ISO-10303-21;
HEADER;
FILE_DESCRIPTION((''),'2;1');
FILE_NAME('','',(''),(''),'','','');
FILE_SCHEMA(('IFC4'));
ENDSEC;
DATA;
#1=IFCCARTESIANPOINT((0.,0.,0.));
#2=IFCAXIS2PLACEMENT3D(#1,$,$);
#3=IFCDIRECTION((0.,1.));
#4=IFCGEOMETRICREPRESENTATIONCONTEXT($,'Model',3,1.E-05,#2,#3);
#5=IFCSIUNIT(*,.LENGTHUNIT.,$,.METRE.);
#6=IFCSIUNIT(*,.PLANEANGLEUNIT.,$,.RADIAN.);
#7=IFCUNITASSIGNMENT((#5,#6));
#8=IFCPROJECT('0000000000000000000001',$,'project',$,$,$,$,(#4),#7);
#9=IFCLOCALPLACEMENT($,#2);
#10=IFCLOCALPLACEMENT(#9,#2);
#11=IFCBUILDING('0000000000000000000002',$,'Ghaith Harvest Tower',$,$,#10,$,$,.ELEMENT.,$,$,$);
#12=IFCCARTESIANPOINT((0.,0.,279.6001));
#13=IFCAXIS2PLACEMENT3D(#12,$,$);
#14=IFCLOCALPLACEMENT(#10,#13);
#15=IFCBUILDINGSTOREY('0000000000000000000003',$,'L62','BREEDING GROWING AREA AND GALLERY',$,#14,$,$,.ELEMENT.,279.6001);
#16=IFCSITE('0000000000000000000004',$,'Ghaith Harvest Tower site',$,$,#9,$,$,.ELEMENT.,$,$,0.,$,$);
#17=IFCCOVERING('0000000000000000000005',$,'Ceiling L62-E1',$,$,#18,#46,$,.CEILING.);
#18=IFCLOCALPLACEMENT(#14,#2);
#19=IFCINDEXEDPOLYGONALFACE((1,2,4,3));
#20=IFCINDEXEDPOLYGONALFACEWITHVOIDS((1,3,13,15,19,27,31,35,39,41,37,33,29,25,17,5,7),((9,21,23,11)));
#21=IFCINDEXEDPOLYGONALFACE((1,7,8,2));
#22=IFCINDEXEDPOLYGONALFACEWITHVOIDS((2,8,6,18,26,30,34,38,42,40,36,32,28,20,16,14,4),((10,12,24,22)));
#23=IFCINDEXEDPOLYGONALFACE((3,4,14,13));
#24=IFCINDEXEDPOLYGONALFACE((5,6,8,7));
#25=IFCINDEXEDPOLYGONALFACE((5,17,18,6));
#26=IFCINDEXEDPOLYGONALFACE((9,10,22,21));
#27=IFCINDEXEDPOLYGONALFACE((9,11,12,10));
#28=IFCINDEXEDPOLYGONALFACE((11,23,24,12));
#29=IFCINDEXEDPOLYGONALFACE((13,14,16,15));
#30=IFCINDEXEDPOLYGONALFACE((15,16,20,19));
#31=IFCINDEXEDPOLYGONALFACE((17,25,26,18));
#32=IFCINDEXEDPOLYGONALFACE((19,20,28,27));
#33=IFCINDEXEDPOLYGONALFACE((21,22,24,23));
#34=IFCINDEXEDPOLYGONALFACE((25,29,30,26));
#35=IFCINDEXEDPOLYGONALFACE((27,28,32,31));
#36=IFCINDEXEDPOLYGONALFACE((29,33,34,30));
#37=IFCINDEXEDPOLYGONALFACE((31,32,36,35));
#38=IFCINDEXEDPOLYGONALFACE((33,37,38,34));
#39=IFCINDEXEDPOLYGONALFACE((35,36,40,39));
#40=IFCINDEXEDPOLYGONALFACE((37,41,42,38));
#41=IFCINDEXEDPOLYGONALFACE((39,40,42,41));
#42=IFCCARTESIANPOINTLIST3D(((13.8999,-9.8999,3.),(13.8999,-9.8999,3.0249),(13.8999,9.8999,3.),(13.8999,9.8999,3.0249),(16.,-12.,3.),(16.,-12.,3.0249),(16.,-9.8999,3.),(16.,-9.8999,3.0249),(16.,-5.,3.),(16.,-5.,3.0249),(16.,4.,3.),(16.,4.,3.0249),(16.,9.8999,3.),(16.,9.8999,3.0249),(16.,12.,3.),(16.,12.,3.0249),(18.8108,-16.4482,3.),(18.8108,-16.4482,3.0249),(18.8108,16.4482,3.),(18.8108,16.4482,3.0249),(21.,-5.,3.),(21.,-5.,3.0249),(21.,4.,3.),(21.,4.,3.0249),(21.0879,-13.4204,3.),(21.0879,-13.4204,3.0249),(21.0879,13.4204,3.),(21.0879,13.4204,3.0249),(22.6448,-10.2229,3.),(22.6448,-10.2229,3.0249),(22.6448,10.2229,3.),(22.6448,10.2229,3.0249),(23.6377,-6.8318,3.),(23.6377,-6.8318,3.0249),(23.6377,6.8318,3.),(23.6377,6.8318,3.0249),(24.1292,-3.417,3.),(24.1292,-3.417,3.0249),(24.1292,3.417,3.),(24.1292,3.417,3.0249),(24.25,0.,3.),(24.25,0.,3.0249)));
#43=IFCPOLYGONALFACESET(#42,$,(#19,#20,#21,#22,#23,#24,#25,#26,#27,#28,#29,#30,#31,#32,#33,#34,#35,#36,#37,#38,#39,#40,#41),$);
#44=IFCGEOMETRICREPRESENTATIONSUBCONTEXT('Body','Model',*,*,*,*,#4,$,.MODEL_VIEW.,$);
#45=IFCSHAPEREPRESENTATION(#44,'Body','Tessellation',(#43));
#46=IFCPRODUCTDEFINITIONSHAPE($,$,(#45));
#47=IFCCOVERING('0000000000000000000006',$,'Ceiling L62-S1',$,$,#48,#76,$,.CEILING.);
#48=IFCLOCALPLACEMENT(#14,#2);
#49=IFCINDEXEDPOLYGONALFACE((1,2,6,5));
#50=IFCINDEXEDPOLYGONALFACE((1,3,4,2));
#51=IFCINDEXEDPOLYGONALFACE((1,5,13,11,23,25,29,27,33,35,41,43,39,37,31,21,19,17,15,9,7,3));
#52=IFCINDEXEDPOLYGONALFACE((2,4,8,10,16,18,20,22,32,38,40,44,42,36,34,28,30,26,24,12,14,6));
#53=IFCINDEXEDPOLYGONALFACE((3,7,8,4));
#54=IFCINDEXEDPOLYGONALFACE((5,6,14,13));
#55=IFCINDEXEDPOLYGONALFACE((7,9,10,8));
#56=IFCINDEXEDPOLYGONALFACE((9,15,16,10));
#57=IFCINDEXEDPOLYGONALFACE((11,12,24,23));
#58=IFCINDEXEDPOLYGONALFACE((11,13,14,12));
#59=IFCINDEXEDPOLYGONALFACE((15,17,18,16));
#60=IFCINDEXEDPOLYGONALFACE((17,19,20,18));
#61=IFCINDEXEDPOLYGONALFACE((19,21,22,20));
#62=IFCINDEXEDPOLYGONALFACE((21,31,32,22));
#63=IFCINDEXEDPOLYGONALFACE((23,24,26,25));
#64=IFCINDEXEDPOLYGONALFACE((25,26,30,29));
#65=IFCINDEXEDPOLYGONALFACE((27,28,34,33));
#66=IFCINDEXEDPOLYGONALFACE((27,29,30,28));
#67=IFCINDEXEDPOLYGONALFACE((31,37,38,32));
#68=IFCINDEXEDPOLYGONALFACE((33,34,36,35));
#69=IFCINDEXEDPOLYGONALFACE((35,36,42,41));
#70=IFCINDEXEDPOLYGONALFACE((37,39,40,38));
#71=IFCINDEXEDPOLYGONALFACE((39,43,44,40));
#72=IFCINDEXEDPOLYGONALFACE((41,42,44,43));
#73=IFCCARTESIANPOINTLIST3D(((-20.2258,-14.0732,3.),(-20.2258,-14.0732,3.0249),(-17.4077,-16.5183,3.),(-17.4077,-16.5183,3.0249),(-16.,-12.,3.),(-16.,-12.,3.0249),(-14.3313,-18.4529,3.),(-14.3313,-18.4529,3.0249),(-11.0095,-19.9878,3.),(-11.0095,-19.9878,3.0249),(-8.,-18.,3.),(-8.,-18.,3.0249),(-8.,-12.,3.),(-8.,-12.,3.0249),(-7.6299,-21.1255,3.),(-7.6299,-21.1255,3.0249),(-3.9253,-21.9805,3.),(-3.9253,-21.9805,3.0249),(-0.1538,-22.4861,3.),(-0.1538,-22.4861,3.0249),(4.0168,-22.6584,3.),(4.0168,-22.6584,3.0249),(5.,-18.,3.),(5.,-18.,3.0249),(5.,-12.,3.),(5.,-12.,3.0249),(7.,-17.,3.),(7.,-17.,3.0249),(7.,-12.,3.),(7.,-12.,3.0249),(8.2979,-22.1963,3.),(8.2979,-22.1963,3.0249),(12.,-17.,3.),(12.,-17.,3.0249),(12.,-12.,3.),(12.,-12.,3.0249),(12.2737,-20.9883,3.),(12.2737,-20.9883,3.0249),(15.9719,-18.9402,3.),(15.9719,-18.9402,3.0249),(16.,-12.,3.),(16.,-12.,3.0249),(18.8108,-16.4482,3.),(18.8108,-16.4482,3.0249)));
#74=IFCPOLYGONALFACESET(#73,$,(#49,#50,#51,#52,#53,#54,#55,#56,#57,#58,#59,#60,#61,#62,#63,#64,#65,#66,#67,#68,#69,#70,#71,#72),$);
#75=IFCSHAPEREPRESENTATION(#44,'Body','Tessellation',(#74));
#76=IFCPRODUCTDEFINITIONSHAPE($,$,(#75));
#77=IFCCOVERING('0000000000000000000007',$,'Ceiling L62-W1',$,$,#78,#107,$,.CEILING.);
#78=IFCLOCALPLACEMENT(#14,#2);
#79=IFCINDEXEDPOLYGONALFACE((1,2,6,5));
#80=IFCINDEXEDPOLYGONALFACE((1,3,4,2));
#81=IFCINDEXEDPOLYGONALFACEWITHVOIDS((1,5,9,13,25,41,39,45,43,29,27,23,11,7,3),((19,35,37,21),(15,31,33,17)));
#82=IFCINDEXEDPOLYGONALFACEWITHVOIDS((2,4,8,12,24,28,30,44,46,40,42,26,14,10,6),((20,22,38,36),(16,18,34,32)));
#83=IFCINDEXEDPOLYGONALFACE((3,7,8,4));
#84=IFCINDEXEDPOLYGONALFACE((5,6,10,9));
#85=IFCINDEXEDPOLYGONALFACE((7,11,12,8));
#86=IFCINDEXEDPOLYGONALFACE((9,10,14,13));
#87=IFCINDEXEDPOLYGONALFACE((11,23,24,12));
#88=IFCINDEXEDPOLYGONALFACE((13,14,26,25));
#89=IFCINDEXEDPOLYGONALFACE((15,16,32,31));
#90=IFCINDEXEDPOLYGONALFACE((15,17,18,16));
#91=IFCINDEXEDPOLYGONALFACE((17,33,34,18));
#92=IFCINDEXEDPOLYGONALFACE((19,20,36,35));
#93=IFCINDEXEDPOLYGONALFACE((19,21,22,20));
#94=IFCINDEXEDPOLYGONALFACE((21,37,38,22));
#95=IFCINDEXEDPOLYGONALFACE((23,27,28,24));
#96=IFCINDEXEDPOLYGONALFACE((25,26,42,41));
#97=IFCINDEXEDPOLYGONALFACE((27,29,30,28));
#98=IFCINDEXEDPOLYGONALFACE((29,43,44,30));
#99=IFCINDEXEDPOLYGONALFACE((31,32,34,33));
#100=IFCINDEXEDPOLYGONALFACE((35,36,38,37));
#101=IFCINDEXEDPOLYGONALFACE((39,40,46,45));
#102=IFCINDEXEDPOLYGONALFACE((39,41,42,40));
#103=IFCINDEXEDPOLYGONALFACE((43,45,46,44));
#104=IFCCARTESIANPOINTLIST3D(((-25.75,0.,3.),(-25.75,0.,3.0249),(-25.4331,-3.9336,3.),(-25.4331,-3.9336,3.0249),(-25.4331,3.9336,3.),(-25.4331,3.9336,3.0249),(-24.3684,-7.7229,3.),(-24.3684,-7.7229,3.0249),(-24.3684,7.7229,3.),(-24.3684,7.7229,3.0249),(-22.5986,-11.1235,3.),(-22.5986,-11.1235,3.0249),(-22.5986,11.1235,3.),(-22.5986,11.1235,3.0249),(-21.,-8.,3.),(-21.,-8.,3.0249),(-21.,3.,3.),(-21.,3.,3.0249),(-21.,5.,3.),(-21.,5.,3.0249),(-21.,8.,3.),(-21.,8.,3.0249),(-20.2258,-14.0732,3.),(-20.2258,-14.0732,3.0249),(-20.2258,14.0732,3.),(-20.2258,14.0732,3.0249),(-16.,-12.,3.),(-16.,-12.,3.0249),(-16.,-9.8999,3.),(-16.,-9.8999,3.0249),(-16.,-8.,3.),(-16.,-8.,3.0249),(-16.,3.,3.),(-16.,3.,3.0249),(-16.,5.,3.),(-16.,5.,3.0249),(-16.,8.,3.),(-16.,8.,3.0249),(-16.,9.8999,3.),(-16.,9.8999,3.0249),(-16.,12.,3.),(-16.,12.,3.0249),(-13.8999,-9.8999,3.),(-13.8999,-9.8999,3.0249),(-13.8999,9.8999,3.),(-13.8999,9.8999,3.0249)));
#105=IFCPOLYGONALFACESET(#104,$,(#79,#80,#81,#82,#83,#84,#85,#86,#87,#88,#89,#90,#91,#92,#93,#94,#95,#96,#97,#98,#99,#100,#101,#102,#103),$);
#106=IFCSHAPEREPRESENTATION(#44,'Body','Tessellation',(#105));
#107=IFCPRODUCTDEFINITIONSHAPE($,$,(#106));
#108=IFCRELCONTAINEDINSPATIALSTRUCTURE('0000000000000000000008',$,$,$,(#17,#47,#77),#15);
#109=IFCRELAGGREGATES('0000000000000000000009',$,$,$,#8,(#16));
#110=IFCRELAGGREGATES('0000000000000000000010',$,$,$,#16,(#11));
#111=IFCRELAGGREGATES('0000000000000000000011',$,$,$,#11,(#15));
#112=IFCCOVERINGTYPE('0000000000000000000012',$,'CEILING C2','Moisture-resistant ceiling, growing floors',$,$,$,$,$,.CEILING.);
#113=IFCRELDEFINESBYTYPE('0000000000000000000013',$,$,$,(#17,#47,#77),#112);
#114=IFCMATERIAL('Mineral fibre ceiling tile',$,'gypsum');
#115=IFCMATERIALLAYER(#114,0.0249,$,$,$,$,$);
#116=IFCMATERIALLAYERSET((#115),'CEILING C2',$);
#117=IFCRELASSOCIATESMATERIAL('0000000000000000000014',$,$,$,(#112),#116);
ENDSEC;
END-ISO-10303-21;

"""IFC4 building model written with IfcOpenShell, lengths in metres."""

from ifc_helpers import new_model, si_unit, direction, frame, origin, place, context, subcontext, project, spatial, polyline, outline, extrude, material, layer, layer_set, type_object, element, save


model = new_model("IFC4")

# Units and contexts
model_context = context("Model", 3, precision=1e-05, world=origin(), true_north=direction((0.0, 1.0)))
body_context = subcontext(model_context, "Body", "Model", "MODEL_VIEW")
ifc_project = project(units=[si_unit("LENGTHUNIT", "METRE"), si_unit("PLANEANGLEUNIT", "RADIAN")], contexts=[model_context])

# Site, building, storey
site_placement = place(None, origin())
site = spatial("IfcSite", under=ifc_project, at=site_placement, Name="Ghaith Harvest Tower site", CompositionType="ELEMENT", RefElevation=0.0)
building_placement = place(site_placement, origin())
building = spatial("IfcBuilding", under=site, at=building_placement, Name="Ghaith Harvest Tower", CompositionType="ELEMENT")
storey_placement = place(building_placement, frame((0.0, 0.0, 279.6001)))
storey = spatial("IfcBuildingStorey", under=building, at=storey_placement, Name="L62", Description="BREEDING GROWING AREA AND GALLERY", CompositionType="ELEMENT", Elevation=279.6001)

# Coverings
ifc_material_1 = material(Name="Mineral fibre ceiling tile", Category="gypsum")
ifc_layer_1 = layer(ifc_material_1, 0.0249)
ifc_layer_set_1 = layer_set([ifc_layer_1], Name="CEILING C2")
covering_type = type_object("IfcCoveringType", Name="CEILING C2", Description="Moisture-resistant ceiling, growing floors", PredefinedType="CEILING", material=ifc_layer_set_1)
covering_1_placement = place(storey_placement, frame((0.0, 0.0, 3.0)))
element("IfcCovering", 1, at=covering_1_placement, inside=storey, type_object=covering_type, Name="Ceiling L62-E1", PredefinedType="CEILING", context=body_context, shape_type="SweptSolid", body=[
    extrude(outline(polyline([(21.0879, 13.4204), (22.6448, 10.2229), (23.6377, 6.8318), (24.1292, 3.417), (24.25, 0.0), (24.1292, -3.417), (23.6377, -6.8318), (22.6448, -10.2229), (21.0879, -13.4204), (18.8108, -16.4482), (16.0, -12.0), (16.0, -9.8999), (13.8999, -9.8999), (13.8999, 9.8999), (16.0, 9.8999), (16.0, 12.0), (18.8108, 16.4482), (21.0879, 13.4204)]), holes=[polyline([(16.0, -5.0), (21.0, -5.0), (21.0, 4.0), (16.0, 4.0), (16.0, -5.0)])]), origin(), (0.0, 0.0, 1.0), 0.0249),
])
covering_2_placement = place(storey_placement, frame((0.0, 0.0, 3.0)))
element("IfcCovering", 2, at=covering_2_placement, inside=storey, type_object=covering_type, Name="Ceiling L62-S1", PredefinedType="CEILING", context=body_context, shape_type="SweptSolid", body=[
    extrude(outline(polyline([(-14.3313, -18.4529), (-17.4077, -16.5183), (-20.2258, -14.0732), (-16.0, -12.0), (-8.0, -12.0), (-8.0, -18.0), (5.0, -18.0), (5.0, -12.0), (7.0, -12.0), (7.0, -17.0), (12.0, -17.0), (12.0, -12.0), (16.0, -12.0), (18.8108, -16.4482), (15.9719, -18.9402), (12.2737, -20.9883), (8.2979, -22.1963), (4.0168, -22.6584), (-0.1538, -22.4861), (-3.9253, -21.9805), (-7.6299, -21.1255), (-11.0095, -19.9878), (-14.3313, -18.4529)])), origin(), (0.0, 0.0, 1.0), 0.0249),
])
covering_3_placement = place(storey_placement, frame((0.0, 0.0, 3.0)))
element("IfcCovering", 3, at=covering_3_placement, inside=storey, type_object=covering_type, Name="Ceiling L62-W1", PredefinedType="CEILING", context=body_context, shape_type="SweptSolid", body=[
    extrude(outline(polyline([(-22.5986, -11.1235), (-24.3684, -7.7229), (-25.4331, -3.9336), (-25.75, 0.0), (-25.4331, 3.9336), (-24.3684, 7.7229), (-22.5986, 11.1235), (-20.2258, 14.0732), (-16.0, 12.0), (-16.0, 9.8999), (-13.8999, 9.8999), (-13.8999, -9.8999), (-16.0, -9.8999), (-16.0, -12.0), (-20.2258, -14.0732), (-22.5986, -11.1235)]), holes=[polyline([(-21.0, 3.0), (-21.0, -8.0), (-16.0, -8.0), (-16.0, 3.0), (-21.0, 3.0)]), polyline([(-21.0, 8.0), (-21.0, 5.0), (-16.0, 5.0), (-16.0, 8.0), (-21.0, 8.0)])]), origin(), (0.0, 0.0, 1.0), 0.0249),
])

save(model, "model.ifc")
